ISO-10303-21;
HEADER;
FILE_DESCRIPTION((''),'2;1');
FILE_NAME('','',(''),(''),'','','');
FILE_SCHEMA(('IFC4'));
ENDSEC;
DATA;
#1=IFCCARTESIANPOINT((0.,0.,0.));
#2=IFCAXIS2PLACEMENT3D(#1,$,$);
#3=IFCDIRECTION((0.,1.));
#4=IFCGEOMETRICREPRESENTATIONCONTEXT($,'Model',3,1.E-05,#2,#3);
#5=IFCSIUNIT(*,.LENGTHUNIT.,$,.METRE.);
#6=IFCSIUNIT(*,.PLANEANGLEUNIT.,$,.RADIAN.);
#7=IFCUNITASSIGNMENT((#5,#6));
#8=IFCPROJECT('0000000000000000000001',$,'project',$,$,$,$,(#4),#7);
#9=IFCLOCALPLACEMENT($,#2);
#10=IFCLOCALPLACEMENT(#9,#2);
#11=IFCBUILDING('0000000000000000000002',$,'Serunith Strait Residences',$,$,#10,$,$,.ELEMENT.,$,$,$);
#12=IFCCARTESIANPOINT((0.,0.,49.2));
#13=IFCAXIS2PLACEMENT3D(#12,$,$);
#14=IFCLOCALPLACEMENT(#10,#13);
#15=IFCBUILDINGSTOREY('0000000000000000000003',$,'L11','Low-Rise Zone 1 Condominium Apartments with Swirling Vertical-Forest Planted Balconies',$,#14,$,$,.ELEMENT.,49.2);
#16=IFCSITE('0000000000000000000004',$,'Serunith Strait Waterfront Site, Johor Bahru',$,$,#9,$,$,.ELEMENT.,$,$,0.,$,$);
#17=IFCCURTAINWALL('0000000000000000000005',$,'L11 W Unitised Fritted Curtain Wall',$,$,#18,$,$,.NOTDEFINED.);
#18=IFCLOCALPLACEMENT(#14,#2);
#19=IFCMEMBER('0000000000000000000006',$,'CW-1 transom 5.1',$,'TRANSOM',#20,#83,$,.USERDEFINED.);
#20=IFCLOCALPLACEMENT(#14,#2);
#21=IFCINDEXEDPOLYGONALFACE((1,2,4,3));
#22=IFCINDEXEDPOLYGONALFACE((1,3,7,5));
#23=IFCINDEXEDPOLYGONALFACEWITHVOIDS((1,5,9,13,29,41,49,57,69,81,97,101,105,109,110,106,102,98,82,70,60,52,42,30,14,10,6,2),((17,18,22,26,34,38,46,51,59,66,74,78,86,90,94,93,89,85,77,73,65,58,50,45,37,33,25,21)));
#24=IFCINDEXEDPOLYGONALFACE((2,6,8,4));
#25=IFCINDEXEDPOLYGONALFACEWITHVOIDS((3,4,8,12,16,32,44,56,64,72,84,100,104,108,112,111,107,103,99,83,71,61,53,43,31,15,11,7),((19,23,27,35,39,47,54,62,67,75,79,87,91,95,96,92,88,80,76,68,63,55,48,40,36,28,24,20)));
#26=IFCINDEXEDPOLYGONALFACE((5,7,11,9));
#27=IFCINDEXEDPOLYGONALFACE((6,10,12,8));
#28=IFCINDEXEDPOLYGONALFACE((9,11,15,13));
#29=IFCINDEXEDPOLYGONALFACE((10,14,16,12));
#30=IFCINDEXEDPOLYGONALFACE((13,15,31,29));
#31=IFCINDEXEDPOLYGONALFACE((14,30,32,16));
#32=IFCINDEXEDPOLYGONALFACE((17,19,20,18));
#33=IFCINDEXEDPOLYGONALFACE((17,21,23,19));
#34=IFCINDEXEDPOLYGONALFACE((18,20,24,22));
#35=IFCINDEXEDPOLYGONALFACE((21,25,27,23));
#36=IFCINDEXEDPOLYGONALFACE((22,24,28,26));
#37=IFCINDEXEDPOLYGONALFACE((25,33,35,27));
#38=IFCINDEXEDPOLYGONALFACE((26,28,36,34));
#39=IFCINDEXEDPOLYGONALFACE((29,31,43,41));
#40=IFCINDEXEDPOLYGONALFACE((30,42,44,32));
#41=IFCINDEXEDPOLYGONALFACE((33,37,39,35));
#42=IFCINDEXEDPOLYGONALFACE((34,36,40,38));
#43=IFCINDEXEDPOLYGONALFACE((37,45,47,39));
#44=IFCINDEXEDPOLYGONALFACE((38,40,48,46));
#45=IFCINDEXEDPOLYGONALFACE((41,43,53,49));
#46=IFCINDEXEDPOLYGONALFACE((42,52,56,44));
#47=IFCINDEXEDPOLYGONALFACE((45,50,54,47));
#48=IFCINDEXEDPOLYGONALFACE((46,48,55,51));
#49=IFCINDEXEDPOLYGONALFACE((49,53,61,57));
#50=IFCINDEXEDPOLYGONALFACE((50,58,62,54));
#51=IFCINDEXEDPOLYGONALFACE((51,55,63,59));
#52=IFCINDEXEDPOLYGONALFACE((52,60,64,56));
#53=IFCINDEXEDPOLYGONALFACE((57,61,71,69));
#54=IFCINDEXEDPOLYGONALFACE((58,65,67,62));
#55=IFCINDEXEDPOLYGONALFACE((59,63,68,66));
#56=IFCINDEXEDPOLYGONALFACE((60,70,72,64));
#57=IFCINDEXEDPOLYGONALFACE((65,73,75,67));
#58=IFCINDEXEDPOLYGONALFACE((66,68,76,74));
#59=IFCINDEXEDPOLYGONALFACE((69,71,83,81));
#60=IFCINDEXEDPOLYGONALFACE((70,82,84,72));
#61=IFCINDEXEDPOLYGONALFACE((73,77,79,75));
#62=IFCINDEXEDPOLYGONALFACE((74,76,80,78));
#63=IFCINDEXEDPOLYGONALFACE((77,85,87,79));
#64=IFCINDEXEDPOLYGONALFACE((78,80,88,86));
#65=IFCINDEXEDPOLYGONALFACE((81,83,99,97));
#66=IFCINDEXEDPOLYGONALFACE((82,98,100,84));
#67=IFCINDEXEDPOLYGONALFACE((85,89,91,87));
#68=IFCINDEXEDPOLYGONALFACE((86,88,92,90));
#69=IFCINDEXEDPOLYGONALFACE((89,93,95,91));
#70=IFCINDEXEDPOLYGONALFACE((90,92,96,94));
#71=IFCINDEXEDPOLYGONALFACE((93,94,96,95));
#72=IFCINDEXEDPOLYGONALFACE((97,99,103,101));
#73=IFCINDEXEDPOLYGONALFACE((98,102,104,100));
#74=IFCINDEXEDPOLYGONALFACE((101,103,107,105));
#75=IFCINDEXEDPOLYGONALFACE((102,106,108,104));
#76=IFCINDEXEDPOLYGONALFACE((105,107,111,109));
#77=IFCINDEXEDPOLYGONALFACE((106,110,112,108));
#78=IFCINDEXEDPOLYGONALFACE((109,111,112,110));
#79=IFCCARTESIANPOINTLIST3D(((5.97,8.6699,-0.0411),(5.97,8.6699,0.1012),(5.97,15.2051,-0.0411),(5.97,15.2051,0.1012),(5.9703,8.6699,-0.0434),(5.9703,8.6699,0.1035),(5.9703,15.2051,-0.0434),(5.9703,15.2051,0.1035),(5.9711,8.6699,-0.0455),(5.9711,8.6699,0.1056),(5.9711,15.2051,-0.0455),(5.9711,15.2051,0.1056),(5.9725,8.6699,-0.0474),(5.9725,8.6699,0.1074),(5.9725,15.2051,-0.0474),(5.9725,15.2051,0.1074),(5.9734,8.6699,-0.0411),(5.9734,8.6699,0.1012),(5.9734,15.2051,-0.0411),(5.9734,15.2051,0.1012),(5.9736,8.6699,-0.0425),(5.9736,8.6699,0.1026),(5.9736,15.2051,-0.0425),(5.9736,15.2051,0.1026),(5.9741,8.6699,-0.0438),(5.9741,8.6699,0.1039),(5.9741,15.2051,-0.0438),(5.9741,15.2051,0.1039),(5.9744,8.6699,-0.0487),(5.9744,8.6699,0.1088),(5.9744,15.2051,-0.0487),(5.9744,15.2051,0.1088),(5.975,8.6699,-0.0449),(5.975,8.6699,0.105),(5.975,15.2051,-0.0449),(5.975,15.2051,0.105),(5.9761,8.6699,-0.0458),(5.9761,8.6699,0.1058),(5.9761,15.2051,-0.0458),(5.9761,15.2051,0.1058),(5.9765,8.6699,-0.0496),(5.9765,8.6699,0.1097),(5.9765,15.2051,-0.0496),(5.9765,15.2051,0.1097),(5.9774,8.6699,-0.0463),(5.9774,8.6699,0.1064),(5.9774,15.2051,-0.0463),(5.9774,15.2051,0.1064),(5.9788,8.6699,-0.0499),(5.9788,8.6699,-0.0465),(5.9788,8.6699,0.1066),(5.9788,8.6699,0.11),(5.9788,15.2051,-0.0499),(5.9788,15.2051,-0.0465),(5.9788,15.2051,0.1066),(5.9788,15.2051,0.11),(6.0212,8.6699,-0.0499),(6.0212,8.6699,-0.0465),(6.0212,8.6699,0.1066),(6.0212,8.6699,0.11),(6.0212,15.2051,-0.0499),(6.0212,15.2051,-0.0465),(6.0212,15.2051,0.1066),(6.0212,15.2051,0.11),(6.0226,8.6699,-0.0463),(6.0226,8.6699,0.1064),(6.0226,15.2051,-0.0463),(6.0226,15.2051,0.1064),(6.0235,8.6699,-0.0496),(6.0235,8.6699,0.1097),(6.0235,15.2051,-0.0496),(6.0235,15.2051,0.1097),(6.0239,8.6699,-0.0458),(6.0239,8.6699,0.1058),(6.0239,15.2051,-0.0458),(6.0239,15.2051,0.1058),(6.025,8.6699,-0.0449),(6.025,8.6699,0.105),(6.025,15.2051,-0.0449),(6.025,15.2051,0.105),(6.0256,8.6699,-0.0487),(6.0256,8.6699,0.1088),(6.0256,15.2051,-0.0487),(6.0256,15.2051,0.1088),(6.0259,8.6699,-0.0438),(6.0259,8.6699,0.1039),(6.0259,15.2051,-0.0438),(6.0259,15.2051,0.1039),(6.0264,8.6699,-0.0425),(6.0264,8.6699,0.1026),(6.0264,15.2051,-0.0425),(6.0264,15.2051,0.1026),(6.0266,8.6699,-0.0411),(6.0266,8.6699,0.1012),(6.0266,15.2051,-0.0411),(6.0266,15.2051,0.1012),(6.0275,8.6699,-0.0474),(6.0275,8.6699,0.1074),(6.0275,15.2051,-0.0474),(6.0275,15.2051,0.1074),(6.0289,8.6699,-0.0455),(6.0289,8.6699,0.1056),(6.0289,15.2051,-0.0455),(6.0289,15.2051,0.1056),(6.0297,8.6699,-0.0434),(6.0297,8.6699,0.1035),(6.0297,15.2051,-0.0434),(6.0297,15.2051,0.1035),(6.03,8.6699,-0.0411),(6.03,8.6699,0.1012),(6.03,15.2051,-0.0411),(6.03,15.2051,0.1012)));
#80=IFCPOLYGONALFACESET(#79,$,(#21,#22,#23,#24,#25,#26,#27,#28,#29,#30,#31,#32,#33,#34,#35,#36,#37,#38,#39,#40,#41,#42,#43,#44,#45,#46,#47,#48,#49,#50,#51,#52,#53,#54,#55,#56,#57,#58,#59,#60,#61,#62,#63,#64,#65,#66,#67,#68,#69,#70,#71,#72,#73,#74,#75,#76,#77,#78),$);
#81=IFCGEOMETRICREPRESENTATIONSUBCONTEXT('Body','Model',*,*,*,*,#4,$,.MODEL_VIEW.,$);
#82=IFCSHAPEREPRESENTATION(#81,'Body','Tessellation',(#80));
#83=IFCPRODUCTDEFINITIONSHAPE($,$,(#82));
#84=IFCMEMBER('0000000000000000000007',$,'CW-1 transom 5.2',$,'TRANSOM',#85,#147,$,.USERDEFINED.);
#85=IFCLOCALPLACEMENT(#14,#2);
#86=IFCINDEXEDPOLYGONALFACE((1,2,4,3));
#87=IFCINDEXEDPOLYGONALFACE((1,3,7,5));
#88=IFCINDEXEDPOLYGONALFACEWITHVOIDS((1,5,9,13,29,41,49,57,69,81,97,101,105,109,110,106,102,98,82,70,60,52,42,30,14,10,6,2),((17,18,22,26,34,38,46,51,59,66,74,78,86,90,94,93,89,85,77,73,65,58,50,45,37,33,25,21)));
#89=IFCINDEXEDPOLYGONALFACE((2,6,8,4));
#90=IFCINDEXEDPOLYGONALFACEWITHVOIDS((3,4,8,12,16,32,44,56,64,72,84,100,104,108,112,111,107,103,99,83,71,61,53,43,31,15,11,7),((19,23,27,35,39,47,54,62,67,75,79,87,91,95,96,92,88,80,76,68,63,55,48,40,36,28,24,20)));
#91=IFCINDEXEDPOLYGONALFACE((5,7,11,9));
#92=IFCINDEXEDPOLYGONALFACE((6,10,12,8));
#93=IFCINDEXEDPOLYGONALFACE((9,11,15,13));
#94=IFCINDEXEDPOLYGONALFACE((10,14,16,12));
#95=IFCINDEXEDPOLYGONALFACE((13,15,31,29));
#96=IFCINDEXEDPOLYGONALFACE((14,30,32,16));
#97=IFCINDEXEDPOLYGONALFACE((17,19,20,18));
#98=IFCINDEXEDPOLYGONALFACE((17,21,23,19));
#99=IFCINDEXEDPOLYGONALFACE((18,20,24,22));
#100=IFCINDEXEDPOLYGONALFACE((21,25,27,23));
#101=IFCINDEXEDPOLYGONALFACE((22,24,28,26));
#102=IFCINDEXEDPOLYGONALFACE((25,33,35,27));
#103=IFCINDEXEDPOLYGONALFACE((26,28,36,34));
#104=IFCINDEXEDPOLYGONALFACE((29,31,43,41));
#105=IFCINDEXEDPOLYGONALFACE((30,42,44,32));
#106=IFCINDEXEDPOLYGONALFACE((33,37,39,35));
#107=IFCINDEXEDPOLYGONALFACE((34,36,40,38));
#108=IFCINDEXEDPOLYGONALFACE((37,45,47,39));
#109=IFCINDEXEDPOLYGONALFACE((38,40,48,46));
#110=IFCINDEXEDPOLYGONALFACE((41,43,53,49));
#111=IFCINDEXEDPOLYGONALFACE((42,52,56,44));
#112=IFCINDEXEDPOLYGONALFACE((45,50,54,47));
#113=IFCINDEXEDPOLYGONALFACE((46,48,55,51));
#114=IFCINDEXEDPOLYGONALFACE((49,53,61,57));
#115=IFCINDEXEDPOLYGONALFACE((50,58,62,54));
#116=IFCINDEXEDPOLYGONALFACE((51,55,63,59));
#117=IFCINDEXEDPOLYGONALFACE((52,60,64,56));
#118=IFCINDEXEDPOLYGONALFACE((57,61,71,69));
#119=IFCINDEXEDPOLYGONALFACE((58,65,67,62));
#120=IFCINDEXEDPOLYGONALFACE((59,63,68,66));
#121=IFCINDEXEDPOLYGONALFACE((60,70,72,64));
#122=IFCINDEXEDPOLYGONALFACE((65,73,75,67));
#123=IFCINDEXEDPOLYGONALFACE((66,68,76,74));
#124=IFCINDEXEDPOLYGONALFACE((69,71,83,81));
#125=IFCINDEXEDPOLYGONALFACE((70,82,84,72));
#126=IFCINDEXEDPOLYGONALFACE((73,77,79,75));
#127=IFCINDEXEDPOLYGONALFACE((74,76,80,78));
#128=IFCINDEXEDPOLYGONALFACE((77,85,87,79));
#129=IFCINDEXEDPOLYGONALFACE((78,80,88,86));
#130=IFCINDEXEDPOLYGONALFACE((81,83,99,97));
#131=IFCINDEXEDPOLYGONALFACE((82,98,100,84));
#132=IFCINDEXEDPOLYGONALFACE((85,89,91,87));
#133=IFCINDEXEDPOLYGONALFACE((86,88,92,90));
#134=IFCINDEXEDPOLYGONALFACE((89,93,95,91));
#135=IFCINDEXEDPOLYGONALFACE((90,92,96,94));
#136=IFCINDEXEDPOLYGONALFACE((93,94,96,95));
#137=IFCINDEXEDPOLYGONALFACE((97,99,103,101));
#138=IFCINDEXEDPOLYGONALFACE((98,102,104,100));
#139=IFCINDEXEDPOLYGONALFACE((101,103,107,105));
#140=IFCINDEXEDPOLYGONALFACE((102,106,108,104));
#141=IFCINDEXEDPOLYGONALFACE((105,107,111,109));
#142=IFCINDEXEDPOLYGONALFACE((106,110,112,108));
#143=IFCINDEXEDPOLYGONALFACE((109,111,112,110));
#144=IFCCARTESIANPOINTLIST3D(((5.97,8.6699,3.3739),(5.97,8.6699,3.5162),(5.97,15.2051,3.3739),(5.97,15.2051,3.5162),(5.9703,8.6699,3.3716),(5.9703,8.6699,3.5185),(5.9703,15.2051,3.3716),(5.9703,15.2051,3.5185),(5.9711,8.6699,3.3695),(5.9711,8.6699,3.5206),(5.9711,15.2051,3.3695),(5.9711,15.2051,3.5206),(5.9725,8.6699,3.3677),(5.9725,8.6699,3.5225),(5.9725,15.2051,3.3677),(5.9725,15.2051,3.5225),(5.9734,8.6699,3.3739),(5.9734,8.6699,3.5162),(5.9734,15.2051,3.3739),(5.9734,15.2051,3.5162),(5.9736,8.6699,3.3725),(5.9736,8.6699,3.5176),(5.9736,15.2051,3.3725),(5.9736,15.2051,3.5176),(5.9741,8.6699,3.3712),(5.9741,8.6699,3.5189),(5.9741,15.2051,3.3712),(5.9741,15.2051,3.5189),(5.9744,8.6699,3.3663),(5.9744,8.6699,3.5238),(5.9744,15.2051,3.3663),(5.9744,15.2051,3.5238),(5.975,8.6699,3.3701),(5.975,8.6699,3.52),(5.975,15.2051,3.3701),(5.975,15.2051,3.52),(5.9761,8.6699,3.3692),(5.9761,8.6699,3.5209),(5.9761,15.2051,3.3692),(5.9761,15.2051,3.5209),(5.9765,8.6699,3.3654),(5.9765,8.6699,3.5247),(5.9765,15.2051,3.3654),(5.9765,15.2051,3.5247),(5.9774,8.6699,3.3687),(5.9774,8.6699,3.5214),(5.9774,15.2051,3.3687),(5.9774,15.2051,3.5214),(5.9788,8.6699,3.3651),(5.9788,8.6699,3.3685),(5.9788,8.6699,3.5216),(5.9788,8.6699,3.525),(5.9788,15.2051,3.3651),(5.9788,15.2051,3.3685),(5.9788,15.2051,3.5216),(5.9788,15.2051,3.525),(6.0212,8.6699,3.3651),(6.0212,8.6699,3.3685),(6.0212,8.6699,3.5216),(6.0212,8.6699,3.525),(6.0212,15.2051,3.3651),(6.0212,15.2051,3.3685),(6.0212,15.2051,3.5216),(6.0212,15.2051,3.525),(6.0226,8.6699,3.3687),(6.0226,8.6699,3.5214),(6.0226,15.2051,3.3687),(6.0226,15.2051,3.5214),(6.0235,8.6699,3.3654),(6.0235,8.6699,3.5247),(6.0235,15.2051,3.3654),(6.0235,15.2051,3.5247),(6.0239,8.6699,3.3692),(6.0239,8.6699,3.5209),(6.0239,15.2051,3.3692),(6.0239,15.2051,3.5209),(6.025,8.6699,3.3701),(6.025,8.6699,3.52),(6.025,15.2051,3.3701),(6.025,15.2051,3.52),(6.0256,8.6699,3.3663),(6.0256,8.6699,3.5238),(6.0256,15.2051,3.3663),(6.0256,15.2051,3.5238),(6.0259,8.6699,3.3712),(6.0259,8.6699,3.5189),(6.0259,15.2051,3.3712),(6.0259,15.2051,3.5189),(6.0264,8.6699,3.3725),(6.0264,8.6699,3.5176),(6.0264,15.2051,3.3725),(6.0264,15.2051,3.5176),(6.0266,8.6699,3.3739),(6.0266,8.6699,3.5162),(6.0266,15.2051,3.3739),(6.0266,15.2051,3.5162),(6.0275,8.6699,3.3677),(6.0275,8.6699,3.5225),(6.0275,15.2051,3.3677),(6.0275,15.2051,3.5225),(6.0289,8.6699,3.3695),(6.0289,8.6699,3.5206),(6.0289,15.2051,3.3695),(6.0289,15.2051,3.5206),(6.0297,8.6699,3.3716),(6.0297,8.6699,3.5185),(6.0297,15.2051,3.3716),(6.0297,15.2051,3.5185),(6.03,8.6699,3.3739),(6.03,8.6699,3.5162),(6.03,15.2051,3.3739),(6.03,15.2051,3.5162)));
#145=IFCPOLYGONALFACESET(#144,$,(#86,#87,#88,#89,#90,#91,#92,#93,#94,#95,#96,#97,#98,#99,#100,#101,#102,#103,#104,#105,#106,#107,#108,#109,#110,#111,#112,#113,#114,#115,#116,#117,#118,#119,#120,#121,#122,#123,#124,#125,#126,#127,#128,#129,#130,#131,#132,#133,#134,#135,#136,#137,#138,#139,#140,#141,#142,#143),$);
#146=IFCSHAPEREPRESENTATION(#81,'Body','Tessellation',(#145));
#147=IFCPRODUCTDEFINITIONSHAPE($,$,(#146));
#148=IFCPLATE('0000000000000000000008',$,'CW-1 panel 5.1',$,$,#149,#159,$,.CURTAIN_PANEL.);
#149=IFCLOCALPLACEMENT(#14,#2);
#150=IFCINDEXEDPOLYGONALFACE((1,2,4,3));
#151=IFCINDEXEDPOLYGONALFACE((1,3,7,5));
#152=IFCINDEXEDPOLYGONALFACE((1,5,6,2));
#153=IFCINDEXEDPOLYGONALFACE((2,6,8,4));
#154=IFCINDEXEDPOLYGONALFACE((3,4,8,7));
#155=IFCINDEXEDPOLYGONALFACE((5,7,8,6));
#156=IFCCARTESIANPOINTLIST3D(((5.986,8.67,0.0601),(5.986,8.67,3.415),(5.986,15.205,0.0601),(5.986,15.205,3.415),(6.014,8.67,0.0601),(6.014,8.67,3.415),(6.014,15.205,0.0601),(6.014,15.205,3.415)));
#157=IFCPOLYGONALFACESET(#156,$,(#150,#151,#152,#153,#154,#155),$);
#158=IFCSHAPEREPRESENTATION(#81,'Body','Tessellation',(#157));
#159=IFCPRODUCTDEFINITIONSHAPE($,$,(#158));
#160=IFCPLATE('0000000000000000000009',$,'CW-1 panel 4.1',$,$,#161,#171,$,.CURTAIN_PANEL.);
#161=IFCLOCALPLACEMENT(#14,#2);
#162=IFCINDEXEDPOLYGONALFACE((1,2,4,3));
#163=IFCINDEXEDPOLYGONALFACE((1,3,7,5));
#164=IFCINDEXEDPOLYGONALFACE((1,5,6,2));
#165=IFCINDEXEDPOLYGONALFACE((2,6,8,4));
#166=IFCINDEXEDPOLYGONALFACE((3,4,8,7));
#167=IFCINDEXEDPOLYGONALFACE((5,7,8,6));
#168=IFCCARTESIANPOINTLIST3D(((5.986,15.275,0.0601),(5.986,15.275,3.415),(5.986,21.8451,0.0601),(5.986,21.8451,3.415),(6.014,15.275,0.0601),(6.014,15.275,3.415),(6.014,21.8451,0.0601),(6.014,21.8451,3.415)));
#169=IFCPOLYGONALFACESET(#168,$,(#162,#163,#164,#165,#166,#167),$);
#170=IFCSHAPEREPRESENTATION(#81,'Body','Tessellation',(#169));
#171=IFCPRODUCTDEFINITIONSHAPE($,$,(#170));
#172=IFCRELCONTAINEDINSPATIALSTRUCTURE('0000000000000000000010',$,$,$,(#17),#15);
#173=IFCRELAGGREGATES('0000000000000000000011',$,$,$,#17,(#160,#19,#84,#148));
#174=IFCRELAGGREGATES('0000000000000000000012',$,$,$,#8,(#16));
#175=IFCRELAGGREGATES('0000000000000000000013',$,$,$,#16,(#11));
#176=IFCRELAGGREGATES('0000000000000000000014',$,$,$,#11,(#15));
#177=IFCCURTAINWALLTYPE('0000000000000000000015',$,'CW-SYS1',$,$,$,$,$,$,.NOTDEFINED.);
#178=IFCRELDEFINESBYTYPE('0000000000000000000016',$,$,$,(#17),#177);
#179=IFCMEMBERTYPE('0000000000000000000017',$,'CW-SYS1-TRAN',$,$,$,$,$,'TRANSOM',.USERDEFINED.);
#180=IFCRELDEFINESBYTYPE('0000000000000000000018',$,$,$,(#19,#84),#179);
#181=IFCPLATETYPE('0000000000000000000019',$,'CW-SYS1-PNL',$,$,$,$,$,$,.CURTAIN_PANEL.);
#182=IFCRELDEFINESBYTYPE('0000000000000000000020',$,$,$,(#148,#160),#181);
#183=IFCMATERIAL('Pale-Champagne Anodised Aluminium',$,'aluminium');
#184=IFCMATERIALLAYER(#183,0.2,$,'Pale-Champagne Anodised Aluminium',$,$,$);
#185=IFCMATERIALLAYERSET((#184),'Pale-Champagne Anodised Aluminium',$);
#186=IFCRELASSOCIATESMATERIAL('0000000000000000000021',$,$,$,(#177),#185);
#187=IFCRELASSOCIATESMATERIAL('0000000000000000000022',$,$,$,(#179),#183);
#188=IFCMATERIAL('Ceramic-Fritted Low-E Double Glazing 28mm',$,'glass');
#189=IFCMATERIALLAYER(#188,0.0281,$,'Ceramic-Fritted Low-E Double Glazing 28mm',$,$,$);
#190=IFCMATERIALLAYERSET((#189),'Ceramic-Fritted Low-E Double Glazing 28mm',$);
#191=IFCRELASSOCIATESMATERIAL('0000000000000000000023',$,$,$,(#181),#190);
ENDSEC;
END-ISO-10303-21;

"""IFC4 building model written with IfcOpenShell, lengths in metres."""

from ifc_helpers import new_model, si_unit, direction, frame, origin, origin_2d, place, context, subcontext, project, spatial, rectangle, hollow_rectangle, extrude, source, transform, mapped, material, layer, layer_set, material_profile, profile_set, type_object, element, aggregate, save


model = new_model("IFC4")

# Units and contexts
model_context = context("Model", 3, precision=1e-05, world=origin(), true_north=direction((0.0, 1.0)))
body_context = subcontext(model_context, "Body", "Model", "MODEL_VIEW")
ifc_project = project(units=[si_unit("LENGTHUNIT", "METRE"), si_unit("PLANEANGLEUNIT", "RADIAN")], contexts=[model_context])

# Site, building, storey
site_placement = place(None, origin())
site = spatial("IfcSite", under=ifc_project, at=site_placement, Name="Serunith Strait Waterfront Site, Johor Bahru", CompositionType="ELEMENT", RefElevation=0.0)
building_placement = place(site_placement, origin())
building = spatial("IfcBuilding", under=site, at=building_placement, Name="Serunith Strait Residences", CompositionType="ELEMENT")
storey_placement = place(building_placement, frame((0.0, 0.0, 49.2)))
storey = spatial("IfcBuildingStorey", under=building, at=storey_placement, Name="L11", Description="Low-Rise Zone 1 Condominium Apartments with Swirling Vertical-Forest Planted Balconies", CompositionType="ELEMENT", Elevation=49.2)

# Curtain wall, members, plates
ifc_material_1 = material(Name="Pale-Champagne Anodised Aluminium", Category="aluminium")
ifc_layer_1 = layer(ifc_material_1, 0.2, Name="Pale-Champagne Anodised Aluminium")
ifc_layer_set_1 = layer_set([ifc_layer_1], Name="Pale-Champagne Anodised Aluminium")
curtain_wall_type = type_object("IfcCurtainWallType", Name="CW-SYS1", PredefinedType="NOTDEFINED", material=ifc_layer_set_1)
curtain_wall_placement = place(storey_placement, origin())
curtain_wall = element("IfcCurtainWall", 1, at=curtain_wall_placement, inside=storey, type_object=curtain_wall_type, Name="L11 W Unitised Fritted Curtain Wall", PredefinedType="NOTDEFINED")
ifc_material_profile_1 = material_profile(ifc_material_1, hollow_rectangle(XDim=0.0601, YDim=0.1599, WallThickness=0.0034, InnerFilletRadius=0.0054, OuterFilletRadius=0.0088, at=origin_2d()), Name="ALU 160x60x3.5")
ifc_profile_set_1 = profile_set([ifc_material_profile_1], Name="Pale-Champagne Anodised Aluminium")
member_type_1 = type_object("IfcMemberType", Name="CW-SYS1-TRAN", ElementType="TRANSOM", PredefinedType="USERDEFINED", material=ifc_profile_set_1)
shared_shape_1 = source(origin(), body_context, "Body", "SweptSolid", [
    extrude(hollow_rectangle(XDim=0.0601, YDim=0.1599, WallThickness=0.0034, InnerFilletRadius=0.0054, OuterFilletRadius=0.0088, at=origin_2d()), origin(), (0.0, 0.0, 1.0), 6.5352),
])
member_1_placement = place(storey_placement, frame((6.0, 15.2051, 0.03), z_axis=(0.0, -1.0, 0.0), x_axis=(1.0, 0.0, 0.0)))
member_1 = element("IfcMember", 2, at=member_1_placement, type_object=member_type_1, Name="CW-1 transom 5.1", ObjectType="TRANSOM", PredefinedType="USERDEFINED", context=body_context, shape_type="MappedRepresentation", body=[
    mapped(shared_shape_1, transform((0.0, 0.0, 0.0), scale=1.0)),
])
member_2_placement = place(storey_placement, frame((6.0, 15.2051, 3.4451), z_axis=(0.0, -1.0, 0.0), x_axis=(1.0, 0.0, 0.0)))
member_2 = element("IfcMember", 3, at=member_2_placement, type_object=member_type_1, Name="CW-1 transom 5.2", ObjectType="TRANSOM", PredefinedType="USERDEFINED", context=body_context, shape_type="MappedRepresentation", body=[
    mapped(shared_shape_1, transform((0.0, 0.0, 0.0), scale=1.0)),
])
ifc_material_2 = material(Name="Ceramic-Fritted Low-E Double Glazing 28mm", Category="glass")
ifc_layer_2 = layer(ifc_material_2, 0.0281, Name="Ceramic-Fritted Low-E Double Glazing 28mm")
ifc_layer_set_2 = layer_set([ifc_layer_2], Name="Ceramic-Fritted Low-E Double Glazing 28mm")
plate_type = type_object("IfcPlateType", Name="CW-SYS1-PNL", PredefinedType="CURTAIN_PANEL", material=ifc_layer_set_2)
shared_shape_2 = source(origin(), body_context, "Body", "SweptSolid", [
    extrude(rectangle(XDim=6.5349, YDim=0.0281, at=origin_2d()), origin(), (0.0, 0.0, 1.0), 3.355),
])
plate_1_placement = place(storey_placement, frame((6.0, 11.9375, 0.0601), z_axis=(0.0, 0.0, 1.0), x_axis=(0.0, -1.0, 0.0)))
plate_1 = element("IfcPlate", 4, at=plate_1_placement, type_object=plate_type, Name="CW-1 panel 5.1", PredefinedType="CURTAIN_PANEL", context=body_context, shape_type="MappedRepresentation", body=[
    mapped(shared_shape_2, transform((0.0, 0.0, 0.0), scale=1.0)),
])
shared_shape_3 = source(origin(), body_context, "Body", "SweptSolid", [
    extrude(rectangle(XDim=6.5701, YDim=0.0281, at=origin_2d()), origin(), (0.0, 0.0, 1.0), 3.355),
])
plate_2_placement = place(storey_placement, frame((6.0, 18.5601, 0.0601), z_axis=(0.0, 0.0, 1.0), x_axis=(0.0, -1.0, 0.0)))
plate_2 = element("IfcPlate", 5, at=plate_2_placement, type_object=plate_type, Name="CW-1 panel 4.1", PredefinedType="CURTAIN_PANEL", context=body_context, shape_type="MappedRepresentation", body=[
    mapped(shared_shape_3, transform((0.0, 0.0, 0.0), scale=1.0)),
])
aggregate(curtain_wall, [plate_2, member_1, member_2, plate_1])

save(model, "model.ifc")
